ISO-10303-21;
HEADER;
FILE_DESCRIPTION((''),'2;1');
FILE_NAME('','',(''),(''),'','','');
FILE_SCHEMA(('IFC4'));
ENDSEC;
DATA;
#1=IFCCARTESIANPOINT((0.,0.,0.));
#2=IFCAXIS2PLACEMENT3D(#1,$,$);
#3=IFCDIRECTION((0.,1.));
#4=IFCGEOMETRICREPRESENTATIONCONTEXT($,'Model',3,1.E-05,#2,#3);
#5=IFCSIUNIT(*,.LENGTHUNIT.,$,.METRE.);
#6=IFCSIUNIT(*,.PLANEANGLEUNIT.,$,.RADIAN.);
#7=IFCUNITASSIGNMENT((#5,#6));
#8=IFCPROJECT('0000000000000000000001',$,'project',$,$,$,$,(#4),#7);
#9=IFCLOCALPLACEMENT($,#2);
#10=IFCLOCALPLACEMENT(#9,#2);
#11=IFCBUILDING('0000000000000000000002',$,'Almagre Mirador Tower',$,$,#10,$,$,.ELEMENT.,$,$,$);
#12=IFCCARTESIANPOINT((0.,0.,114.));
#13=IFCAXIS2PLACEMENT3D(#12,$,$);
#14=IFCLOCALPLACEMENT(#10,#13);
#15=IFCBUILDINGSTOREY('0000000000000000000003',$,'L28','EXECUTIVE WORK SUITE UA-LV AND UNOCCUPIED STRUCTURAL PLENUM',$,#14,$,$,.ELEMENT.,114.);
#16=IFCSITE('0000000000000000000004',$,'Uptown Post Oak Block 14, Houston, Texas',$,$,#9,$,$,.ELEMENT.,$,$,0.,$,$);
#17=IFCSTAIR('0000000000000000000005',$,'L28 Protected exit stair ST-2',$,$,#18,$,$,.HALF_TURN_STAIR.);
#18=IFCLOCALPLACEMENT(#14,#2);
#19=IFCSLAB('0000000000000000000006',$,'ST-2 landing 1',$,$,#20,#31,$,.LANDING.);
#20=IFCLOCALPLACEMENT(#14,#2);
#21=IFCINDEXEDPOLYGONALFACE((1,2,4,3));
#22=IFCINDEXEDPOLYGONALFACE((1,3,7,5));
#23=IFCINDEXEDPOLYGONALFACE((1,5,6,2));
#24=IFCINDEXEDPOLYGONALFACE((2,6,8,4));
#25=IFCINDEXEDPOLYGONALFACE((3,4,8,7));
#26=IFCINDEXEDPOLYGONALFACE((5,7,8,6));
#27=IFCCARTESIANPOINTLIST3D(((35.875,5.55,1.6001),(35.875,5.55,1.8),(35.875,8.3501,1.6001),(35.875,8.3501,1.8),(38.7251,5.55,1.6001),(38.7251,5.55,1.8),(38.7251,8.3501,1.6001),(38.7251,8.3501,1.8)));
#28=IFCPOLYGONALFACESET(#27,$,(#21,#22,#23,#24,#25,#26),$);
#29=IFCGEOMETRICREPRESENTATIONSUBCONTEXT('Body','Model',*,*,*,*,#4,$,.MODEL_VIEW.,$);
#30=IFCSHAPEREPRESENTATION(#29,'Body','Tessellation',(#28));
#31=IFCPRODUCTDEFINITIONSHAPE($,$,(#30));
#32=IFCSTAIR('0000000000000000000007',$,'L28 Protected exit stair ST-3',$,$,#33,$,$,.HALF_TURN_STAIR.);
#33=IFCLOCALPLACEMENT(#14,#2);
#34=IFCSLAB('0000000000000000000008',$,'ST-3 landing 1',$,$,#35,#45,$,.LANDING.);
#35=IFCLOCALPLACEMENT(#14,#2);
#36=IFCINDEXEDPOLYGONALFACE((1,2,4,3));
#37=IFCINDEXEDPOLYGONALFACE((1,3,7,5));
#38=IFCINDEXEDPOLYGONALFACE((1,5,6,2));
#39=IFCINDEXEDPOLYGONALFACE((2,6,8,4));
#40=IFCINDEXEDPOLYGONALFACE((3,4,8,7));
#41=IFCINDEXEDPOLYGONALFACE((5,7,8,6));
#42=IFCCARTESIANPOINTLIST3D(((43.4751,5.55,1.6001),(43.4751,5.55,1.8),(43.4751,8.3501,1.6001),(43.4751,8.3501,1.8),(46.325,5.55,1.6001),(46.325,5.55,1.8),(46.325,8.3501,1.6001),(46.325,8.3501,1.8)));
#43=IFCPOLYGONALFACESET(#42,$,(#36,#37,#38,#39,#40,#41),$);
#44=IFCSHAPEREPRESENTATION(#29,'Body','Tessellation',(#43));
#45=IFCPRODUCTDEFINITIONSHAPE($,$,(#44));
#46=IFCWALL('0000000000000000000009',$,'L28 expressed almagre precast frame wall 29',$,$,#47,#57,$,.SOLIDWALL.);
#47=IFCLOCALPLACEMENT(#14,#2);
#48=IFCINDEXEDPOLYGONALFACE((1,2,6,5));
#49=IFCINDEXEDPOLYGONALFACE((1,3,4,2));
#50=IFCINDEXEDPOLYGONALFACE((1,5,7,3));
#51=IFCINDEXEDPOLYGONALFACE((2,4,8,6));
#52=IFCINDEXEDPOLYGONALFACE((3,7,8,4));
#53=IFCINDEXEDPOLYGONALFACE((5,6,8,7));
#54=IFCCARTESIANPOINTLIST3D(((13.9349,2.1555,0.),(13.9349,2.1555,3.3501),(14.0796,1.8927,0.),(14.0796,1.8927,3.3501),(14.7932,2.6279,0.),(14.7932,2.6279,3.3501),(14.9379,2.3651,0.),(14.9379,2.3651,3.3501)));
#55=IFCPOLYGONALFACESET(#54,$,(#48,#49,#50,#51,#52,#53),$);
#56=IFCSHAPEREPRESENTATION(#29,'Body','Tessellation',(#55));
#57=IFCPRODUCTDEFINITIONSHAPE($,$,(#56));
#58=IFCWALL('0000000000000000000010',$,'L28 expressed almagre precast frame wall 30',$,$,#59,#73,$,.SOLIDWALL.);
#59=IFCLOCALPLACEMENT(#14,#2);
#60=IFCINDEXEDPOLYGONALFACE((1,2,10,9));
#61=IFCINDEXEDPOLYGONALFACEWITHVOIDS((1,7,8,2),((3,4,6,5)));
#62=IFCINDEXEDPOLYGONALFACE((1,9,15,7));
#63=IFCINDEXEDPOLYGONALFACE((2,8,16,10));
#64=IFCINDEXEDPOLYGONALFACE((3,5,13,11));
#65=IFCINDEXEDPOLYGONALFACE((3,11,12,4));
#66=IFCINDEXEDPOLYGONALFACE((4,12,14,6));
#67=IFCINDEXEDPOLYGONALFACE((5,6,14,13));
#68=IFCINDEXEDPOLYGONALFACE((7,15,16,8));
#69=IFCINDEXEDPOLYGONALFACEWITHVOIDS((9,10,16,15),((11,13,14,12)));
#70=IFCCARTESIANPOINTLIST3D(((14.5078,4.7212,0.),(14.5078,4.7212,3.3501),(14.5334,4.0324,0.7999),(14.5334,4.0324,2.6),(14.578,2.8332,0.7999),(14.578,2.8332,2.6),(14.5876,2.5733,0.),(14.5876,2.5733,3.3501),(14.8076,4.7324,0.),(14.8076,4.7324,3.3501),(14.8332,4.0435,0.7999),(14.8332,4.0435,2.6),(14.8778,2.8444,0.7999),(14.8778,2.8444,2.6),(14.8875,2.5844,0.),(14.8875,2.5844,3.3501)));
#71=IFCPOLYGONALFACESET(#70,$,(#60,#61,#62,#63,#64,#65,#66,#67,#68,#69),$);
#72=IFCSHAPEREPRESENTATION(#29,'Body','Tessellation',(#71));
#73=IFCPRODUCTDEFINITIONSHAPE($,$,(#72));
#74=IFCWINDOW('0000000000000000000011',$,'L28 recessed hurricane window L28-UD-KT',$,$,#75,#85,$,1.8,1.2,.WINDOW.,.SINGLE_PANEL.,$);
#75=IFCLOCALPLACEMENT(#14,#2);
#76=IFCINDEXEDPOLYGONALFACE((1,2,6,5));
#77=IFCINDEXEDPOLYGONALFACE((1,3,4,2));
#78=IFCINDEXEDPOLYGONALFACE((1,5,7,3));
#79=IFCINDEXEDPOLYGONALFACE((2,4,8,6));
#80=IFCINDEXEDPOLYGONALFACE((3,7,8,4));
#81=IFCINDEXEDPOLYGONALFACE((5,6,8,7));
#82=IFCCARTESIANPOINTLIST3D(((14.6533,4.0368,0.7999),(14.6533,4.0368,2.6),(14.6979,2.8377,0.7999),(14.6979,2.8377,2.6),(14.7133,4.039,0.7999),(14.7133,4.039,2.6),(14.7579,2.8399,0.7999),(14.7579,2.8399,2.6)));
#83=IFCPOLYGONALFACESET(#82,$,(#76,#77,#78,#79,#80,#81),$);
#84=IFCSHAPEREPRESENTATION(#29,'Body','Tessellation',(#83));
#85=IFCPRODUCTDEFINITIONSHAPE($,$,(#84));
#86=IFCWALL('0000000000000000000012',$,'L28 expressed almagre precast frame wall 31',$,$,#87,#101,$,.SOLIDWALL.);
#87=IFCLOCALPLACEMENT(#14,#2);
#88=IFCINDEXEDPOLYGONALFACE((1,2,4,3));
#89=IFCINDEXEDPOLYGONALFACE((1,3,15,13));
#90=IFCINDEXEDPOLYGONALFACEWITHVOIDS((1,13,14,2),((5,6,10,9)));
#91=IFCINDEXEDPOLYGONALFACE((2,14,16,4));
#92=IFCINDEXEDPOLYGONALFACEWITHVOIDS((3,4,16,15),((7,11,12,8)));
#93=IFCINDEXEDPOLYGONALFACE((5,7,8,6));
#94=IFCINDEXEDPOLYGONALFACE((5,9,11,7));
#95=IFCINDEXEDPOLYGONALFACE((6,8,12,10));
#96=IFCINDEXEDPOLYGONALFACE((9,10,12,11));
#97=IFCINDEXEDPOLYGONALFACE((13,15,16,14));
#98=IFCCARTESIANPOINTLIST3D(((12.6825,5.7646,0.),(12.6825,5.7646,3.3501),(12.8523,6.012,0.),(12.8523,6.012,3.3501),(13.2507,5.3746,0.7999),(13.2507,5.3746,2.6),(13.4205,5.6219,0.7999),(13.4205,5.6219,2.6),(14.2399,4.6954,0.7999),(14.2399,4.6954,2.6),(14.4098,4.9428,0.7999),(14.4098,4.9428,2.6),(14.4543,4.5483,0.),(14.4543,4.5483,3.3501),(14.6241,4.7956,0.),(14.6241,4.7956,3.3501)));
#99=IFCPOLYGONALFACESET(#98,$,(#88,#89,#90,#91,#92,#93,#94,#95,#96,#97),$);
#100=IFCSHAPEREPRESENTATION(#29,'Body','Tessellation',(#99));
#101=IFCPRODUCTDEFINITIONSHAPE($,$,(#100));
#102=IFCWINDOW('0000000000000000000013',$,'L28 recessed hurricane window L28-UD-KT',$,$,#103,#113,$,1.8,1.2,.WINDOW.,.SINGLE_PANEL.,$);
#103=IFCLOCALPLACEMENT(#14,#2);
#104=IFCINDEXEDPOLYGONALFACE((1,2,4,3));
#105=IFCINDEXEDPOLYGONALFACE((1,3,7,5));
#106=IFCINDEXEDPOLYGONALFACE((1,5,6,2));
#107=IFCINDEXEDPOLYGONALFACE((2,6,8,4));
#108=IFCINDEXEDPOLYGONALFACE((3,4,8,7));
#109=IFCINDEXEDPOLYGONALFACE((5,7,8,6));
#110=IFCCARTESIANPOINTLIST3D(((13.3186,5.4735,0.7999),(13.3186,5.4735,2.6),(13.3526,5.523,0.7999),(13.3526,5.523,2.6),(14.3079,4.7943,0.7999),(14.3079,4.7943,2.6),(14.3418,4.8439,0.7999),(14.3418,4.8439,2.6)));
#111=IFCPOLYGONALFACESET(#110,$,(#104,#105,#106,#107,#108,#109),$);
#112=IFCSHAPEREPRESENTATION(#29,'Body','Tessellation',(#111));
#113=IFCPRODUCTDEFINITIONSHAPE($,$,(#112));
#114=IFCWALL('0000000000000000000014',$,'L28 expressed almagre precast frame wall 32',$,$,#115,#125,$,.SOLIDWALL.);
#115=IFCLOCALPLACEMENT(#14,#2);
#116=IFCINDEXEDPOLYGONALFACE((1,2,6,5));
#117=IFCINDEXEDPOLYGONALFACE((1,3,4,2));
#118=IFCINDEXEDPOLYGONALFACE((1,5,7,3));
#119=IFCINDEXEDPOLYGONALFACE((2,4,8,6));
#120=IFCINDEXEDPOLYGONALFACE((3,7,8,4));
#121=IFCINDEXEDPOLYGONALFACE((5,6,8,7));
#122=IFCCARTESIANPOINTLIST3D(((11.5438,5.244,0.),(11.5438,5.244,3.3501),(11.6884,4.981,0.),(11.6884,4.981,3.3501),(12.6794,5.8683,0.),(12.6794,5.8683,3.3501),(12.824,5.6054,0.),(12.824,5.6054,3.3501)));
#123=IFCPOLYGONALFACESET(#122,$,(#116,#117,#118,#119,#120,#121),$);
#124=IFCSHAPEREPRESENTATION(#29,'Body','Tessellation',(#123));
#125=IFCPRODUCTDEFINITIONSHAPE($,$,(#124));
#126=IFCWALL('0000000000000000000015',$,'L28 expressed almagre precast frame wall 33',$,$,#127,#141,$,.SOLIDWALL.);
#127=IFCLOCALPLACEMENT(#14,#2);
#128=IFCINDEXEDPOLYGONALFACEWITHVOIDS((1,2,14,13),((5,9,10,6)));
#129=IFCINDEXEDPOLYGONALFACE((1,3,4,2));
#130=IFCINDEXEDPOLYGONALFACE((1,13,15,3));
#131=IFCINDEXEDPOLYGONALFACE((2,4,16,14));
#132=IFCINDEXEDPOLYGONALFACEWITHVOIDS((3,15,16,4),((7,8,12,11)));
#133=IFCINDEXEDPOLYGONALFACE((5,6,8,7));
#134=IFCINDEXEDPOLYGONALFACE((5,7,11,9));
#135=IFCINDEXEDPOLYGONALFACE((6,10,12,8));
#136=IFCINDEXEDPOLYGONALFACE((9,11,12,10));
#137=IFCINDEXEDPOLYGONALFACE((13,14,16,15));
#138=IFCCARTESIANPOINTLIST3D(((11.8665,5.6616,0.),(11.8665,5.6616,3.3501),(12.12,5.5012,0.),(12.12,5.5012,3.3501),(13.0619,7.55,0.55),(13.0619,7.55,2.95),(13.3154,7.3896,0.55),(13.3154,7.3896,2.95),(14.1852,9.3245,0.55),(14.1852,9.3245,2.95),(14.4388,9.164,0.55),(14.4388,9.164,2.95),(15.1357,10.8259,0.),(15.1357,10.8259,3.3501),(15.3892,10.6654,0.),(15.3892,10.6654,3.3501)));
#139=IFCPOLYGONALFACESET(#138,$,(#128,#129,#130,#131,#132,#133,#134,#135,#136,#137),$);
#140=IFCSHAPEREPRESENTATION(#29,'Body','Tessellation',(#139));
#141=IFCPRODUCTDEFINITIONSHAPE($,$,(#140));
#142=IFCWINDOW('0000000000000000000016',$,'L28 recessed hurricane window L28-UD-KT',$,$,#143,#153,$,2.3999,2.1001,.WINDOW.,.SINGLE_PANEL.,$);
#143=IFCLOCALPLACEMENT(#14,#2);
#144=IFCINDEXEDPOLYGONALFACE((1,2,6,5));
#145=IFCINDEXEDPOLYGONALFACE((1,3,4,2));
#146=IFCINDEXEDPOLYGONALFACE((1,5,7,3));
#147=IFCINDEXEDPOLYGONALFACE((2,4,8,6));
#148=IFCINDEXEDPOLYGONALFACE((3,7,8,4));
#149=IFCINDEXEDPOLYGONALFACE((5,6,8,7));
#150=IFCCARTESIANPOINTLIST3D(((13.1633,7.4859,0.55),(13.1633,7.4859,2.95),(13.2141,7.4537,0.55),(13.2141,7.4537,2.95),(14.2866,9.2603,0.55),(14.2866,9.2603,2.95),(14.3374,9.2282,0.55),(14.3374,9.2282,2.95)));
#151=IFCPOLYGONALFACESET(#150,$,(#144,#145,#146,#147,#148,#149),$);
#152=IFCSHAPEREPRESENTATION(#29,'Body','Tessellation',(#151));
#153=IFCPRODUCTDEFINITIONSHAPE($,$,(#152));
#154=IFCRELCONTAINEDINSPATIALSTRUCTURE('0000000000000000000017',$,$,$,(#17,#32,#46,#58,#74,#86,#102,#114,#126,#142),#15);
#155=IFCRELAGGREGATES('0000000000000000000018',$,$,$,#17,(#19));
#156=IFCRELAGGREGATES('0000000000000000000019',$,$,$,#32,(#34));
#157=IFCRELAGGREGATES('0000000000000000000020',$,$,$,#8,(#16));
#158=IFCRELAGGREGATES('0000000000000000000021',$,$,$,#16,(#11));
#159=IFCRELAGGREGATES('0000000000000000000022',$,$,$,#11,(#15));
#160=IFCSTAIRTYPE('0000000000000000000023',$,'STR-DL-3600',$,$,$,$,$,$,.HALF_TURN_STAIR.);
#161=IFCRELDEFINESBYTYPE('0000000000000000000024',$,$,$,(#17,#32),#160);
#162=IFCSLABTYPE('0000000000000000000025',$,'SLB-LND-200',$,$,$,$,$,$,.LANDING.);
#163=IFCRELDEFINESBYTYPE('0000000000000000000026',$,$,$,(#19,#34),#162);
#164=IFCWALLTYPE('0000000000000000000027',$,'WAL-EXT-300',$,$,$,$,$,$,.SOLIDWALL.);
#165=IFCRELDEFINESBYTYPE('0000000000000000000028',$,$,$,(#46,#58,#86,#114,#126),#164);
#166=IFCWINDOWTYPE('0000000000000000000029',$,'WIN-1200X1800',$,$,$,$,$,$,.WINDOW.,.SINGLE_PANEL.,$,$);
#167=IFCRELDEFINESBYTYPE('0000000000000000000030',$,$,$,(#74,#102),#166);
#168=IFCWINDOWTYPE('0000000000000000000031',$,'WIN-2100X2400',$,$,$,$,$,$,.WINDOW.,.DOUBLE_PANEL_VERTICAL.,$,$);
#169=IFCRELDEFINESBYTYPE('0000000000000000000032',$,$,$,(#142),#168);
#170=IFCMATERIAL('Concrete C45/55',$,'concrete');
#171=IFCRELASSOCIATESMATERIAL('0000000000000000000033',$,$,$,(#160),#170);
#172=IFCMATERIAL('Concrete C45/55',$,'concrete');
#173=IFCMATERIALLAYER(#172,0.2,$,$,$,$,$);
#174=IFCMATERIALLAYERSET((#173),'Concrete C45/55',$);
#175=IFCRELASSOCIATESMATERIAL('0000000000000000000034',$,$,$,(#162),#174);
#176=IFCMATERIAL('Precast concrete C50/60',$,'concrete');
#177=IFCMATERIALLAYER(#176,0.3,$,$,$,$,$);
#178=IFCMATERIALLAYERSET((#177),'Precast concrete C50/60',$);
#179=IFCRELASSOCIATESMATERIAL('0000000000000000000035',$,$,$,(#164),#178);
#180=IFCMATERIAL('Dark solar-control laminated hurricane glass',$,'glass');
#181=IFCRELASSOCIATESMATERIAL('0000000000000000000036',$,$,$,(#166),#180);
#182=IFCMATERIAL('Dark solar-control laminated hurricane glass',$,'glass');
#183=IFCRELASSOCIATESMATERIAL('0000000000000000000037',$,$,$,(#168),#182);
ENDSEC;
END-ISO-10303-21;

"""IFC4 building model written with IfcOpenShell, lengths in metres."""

from ifc_helpers import new_model, si_unit, direction, frame, frame_2d, origin, place, context, subcontext, project, spatial, polyline, rectangle, outline, extrude, material, layer, layer_set, type_object, element, fill, aggregate, save


model = new_model("IFC4")

# Units and contexts
model_context = context("Model", 3, precision=1e-05, world=origin(), true_north=direction((0.0, 1.0)))
body_context = subcontext(model_context, "Body", "Model", "MODEL_VIEW")
ifc_project = project(units=[si_unit("LENGTHUNIT", "METRE"), si_unit("PLANEANGLEUNIT", "RADIAN")], contexts=[model_context])

# Site, building, storey
site_placement = place(None, origin())
site = spatial("IfcSite", under=ifc_project, at=site_placement, Name="Uptown Post Oak Block 14, Houston, Texas", CompositionType="ELEMENT", RefElevation=0.0)
building_placement = place(site_placement, origin())
building = spatial("IfcBuilding", under=site, at=building_placement, Name="Almagre Mirador Tower", CompositionType="ELEMENT")
storey_placement = place(building_placement, frame((0.0, 0.0, 114.0)))
storey = spatial("IfcBuildingStorey", under=building, at=storey_placement, Name="L28", Description="EXECUTIVE WORK SUITE UA-LV AND UNOCCUPIED STRUCTURAL PLENUM", CompositionType="ELEMENT", Elevation=114.0)

# Stairs, slabs
ifc_material_1 = material(Name="Concrete C45/55", Category="concrete")
stair_type = type_object("IfcStairType", Name="STR-DL-3600", PredefinedType="HALF_TURN_STAIR", material=ifc_material_1)
ifc_material_2 = material(Name="Concrete C45/55", Category="concrete")
ifc_layer_1 = layer(ifc_material_2, 0.2)
ifc_layer_set_1 = layer_set([ifc_layer_1], Name="Concrete C45/55")
slab_type_1 = type_object("IfcSlabType", Name="SLB-LND-200", PredefinedType="LANDING", material=ifc_layer_set_1)
stair_1_placement = place(storey_placement, origin())
stair_1 = element("IfcStair", 1, at=stair_1_placement, inside=storey, type_object=stair_type, Name="L28 Protected exit stair ST-2", PredefinedType="HALF_TURN_STAIR")
slab_1_placement = place(storey_placement, frame((0.0, 0.0, 1.6001)))
slab_1 = element("IfcSlab", 2, at=slab_1_placement, type_object=slab_type_1, Name="ST-2 landing 1", PredefinedType="LANDING", context=body_context, shape_type="SweptSolid", body=[
    extrude(outline(polyline([(35.875, 8.3501), (35.875, 5.55), (38.7251, 5.55), (38.7251, 8.3501), (35.875, 8.3501)])), origin(), (0.0, 0.0, 1.0), 0.2),
])
aggregate(stair_1, [slab_1])
stair_2_placement = place(storey_placement, origin())
stair_2 = element("IfcStair", 3, at=stair_2_placement, inside=storey, type_object=stair_type, Name="L28 Protected exit stair ST-3", PredefinedType="HALF_TURN_STAIR")
slab_2_placement = place(storey_placement, frame((0.0, 0.0, 1.6001)))
slab_2 = element("IfcSlab", 4, at=slab_2_placement, type_object=slab_type_1, Name="ST-3 landing 1", PredefinedType="LANDING", context=body_context, shape_type="SweptSolid", body=[
    extrude(outline(polyline([(43.4751, 8.3501), (43.4751, 5.55), (46.325, 5.55), (46.325, 8.3501), (43.4751, 8.3501)])), origin(), (0.0, 0.0, 1.0), 0.2),
])
aggregate(stair_2, [slab_2])

# Wall
ifc_material_3 = material(Name="Precast concrete C50/60", Category="concrete")
ifc_layer_2 = layer(ifc_material_3, 0.3)
ifc_layer_set_2 = layer_set([ifc_layer_2], Name="Precast concrete C50/60")
wall_type_1 = type_object("IfcWallType", Name="WAL-EXT-300", PredefinedType="SOLIDWALL", material=ifc_layer_set_2)
wall_1_placement = place(storey_placement, frame((14.0073, 2.0242, 0.0), z_axis=(0.0, 0.0, 1.0), x_axis=(0.87609, 0.482148, 0.0)))
element("IfcWall", 5, at=wall_1_placement, inside=storey, type_object=wall_type_1, Name="L28 expressed almagre precast frame wall 29", PredefinedType="SOLIDWALL", context=body_context, shape_type="SweptSolid", body=[
    extrude(rectangle(XDim=0.9797, YDim=0.3, at=frame_2d((0.4897, 0.0))), origin(), (0.0, 0.0, 1.0), 3.3501),
])

# Walls, openings, windows
wall_2_placement = place(storey_placement, frame((14.7375, 2.5789, 0.0), z_axis=(0.0, 0.0, 1.0), x_axis=(-0.037142, 0.99931, 0.0)))
wall_2 = element("IfcWall", 6, at=wall_2_placement, inside=storey, type_object=wall_type_1, Name="L28 expressed almagre precast frame wall 30", PredefinedType="SOLIDWALL", context=body_context, shape_type="SweptSolid", body=[
    extrude(rectangle(XDim=2.1494, YDim=0.3, at=frame_2d((1.0747, 0.0))), origin(), (0.0, 0.0, 1.0), 3.3501),
])
opening_1_placement = place(wall_2_placement, frame((0.26, 0.0, 0.8)))
opening_1 = element("IfcOpeningElement", 7, at=opening_1_placement, cuts=wall_2, PredefinedType="OPENING", context=body_context, shape_type="SweptSolid", body=[
    extrude(rectangle(XDim=1.2, YDim=1.8, at=frame_2d((0.6001, 0.8999))), frame((0.0, 0.1599, 0.0), z_axis=(0.0, -1.0, 0.0), x_axis=(1.0, 0.0, 0.0)), (0.0, 0.0, 1.0), 0.32),
])
ifc_material_4 = material(Name="Dark solar-control laminated hurricane glass", Category="glass")
window_type_1 = type_object("IfcWindowType", Name="WIN-1200X1800", PartitioningType="SINGLE_PANEL", PredefinedType="WINDOW", material=ifc_material_4)
window_1_placement = place(opening_1_placement, origin())
window_1 = element("IfcWindow", 8, at=window_1_placement, inside=storey, type_object=window_type_1, Name="L28 recessed hurricane window L28-UD-KT", OverallHeight=1.8, OverallWidth=1.2, PartitioningType="SINGLE_PANEL", PredefinedType="WINDOW", context=body_context, shape_type="SweptSolid", body=[
    extrude(rectangle(XDim=1.2, YDim=1.8, at=frame_2d((0.6001, 0.8999))), frame((0.0, 0.03, 0.0), z_axis=(0.0, -1.0, 0.0), x_axis=(1.0, 0.0, 0.0)), (0.0, 0.0, 1.0), 0.0601),
])
fill(opening_1, window_1)
wall_3_placement = place(storey_placement, frame((14.5393, 4.6719, 0.0), z_axis=(0.0, 0.0, 1.0), x_axis=(-0.824423, 0.565974, 0.0)))
wall_3 = element("IfcWall", 9, at=wall_3_placement, inside=storey, type_object=wall_type_1, Name="L28 expressed almagre precast frame wall 31", PredefinedType="SOLIDWALL", context=body_context, shape_type="SweptSolid", body=[
    extrude(rectangle(XDim=2.1492, YDim=0.3, at=frame_2d((1.0747, 0.0))), origin(), (0.0, 0.0, 1.0), 3.3501),
])
opening_2_placement = place(wall_3_placement, frame((0.26, 0.0, 0.8)))
opening_2 = element("IfcOpeningElement", 10, at=opening_2_placement, cuts=wall_3, PredefinedType="OPENING", context=body_context, shape_type="SweptSolid", body=[
    extrude(rectangle(XDim=1.2, YDim=1.8, at=frame_2d((0.6001, 0.8999))), frame((0.0, 0.1599, 0.0), z_axis=(0.0, -1.0, 0.0), x_axis=(1.0, 0.0, 0.0)), (0.0, 0.0, 1.0), 0.32),
])
window_2_placement = place(opening_2_placement, origin())
window_2 = element("IfcWindow", 11, at=window_2_placement, inside=storey, type_object=window_type_1, Name="L28 recessed hurricane window L28-UD-KT", OverallHeight=1.8, OverallWidth=1.2, PartitioningType="SINGLE_PANEL", PredefinedType="WINDOW", context=body_context, shape_type="SweptSolid", body=[
    extrude(rectangle(XDim=1.2, YDim=1.8, at=frame_2d((0.6001, 0.8999))), frame((0.0, 0.03, 0.0), z_axis=(0.0, -1.0, 0.0), x_axis=(1.0, 0.0, 0.0)), (0.0, 0.0, 1.0), 0.0601),
])
fill(opening_2, window_2)

# Wall
wall_4_placement = place(storey_placement, frame((12.7517, 5.7368, 0.0), z_axis=(0.0, 0.0, 1.0), x_axis=(-0.876299, -0.481767, 0.0)))
element("IfcWall", 12, at=wall_4_placement, inside=storey, type_object=wall_type_1, Name="L28 expressed almagre precast frame wall 32", PredefinedType="SOLIDWALL", context=body_context, shape_type="SweptSolid", body=[
    extrude(rectangle(XDim=1.2959, YDim=0.3, at=frame_2d((0.6479, 0.0))), origin(), (0.0, 0.0, 1.0), 3.3501),
])

# Wall, opening, window
wall_5_placement = place(storey_placement, frame((11.9932, 5.5813, 0.0), z_axis=(0.0, 0.0, 1.0), x_axis=(0.534884, 0.844926, 0.0)))
wall_5 = element("IfcWall", 13, at=wall_5_placement, inside=storey, type_object=wall_type_1, Name="L28 expressed almagre precast frame wall 33", PredefinedType="SOLIDWALL", context=body_context, shape_type="SweptSolid", body=[
    extrude(rectangle(XDim=6.1121, YDim=0.3, at=frame_2d((3.0562, 0.0))), origin(), (0.0, 0.0, 1.0), 3.3501),
])
opening_3_placement = place(wall_5_placement, frame((2.2351, 0.0, 0.55)))
opening_3 = element("IfcOpeningElement", 14, at=opening_3_placement, cuts=wall_5, PredefinedType="OPENING", context=body_context, shape_type="SweptSolid", body=[
    extrude(rectangle(XDim=2.1001, YDim=2.3999, at=frame_2d((1.05, 1.2))), frame((0.0, 0.1599, 0.0), z_axis=(0.0, -1.0, 0.0), x_axis=(1.0, 0.0, 0.0)), (0.0, 0.0, 1.0), 0.32),
])
ifc_material_5 = material(Name="Dark solar-control laminated hurricane glass", Category="glass")
window_type_2 = type_object("IfcWindowType", Name="WIN-2100X2400", PartitioningType="DOUBLE_PANEL_VERTICAL", PredefinedType="WINDOW", material=ifc_material_5)
window_3_placement = place(opening_3_placement, origin())
window_3 = element("IfcWindow", 15, at=window_3_placement, inside=storey, type_object=window_type_2, Name="L28 recessed hurricane window L28-UD-KT", OverallHeight=2.3999, OverallWidth=2.1001, PartitioningType="SINGLE_PANEL", PredefinedType="WINDOW", context=body_context, shape_type="SweptSolid", body=[
    extrude(rectangle(XDim=2.1001, YDim=2.3999, at=frame_2d((1.05, 1.2))), frame((0.0, 0.03, 0.0), z_axis=(0.0, -1.0, 0.0), x_axis=(1.0, 0.0, 0.0)), (0.0, 0.0, 1.0), 0.0601),
])
fill(opening_3, window_3)

save(model, "model.ifc")
